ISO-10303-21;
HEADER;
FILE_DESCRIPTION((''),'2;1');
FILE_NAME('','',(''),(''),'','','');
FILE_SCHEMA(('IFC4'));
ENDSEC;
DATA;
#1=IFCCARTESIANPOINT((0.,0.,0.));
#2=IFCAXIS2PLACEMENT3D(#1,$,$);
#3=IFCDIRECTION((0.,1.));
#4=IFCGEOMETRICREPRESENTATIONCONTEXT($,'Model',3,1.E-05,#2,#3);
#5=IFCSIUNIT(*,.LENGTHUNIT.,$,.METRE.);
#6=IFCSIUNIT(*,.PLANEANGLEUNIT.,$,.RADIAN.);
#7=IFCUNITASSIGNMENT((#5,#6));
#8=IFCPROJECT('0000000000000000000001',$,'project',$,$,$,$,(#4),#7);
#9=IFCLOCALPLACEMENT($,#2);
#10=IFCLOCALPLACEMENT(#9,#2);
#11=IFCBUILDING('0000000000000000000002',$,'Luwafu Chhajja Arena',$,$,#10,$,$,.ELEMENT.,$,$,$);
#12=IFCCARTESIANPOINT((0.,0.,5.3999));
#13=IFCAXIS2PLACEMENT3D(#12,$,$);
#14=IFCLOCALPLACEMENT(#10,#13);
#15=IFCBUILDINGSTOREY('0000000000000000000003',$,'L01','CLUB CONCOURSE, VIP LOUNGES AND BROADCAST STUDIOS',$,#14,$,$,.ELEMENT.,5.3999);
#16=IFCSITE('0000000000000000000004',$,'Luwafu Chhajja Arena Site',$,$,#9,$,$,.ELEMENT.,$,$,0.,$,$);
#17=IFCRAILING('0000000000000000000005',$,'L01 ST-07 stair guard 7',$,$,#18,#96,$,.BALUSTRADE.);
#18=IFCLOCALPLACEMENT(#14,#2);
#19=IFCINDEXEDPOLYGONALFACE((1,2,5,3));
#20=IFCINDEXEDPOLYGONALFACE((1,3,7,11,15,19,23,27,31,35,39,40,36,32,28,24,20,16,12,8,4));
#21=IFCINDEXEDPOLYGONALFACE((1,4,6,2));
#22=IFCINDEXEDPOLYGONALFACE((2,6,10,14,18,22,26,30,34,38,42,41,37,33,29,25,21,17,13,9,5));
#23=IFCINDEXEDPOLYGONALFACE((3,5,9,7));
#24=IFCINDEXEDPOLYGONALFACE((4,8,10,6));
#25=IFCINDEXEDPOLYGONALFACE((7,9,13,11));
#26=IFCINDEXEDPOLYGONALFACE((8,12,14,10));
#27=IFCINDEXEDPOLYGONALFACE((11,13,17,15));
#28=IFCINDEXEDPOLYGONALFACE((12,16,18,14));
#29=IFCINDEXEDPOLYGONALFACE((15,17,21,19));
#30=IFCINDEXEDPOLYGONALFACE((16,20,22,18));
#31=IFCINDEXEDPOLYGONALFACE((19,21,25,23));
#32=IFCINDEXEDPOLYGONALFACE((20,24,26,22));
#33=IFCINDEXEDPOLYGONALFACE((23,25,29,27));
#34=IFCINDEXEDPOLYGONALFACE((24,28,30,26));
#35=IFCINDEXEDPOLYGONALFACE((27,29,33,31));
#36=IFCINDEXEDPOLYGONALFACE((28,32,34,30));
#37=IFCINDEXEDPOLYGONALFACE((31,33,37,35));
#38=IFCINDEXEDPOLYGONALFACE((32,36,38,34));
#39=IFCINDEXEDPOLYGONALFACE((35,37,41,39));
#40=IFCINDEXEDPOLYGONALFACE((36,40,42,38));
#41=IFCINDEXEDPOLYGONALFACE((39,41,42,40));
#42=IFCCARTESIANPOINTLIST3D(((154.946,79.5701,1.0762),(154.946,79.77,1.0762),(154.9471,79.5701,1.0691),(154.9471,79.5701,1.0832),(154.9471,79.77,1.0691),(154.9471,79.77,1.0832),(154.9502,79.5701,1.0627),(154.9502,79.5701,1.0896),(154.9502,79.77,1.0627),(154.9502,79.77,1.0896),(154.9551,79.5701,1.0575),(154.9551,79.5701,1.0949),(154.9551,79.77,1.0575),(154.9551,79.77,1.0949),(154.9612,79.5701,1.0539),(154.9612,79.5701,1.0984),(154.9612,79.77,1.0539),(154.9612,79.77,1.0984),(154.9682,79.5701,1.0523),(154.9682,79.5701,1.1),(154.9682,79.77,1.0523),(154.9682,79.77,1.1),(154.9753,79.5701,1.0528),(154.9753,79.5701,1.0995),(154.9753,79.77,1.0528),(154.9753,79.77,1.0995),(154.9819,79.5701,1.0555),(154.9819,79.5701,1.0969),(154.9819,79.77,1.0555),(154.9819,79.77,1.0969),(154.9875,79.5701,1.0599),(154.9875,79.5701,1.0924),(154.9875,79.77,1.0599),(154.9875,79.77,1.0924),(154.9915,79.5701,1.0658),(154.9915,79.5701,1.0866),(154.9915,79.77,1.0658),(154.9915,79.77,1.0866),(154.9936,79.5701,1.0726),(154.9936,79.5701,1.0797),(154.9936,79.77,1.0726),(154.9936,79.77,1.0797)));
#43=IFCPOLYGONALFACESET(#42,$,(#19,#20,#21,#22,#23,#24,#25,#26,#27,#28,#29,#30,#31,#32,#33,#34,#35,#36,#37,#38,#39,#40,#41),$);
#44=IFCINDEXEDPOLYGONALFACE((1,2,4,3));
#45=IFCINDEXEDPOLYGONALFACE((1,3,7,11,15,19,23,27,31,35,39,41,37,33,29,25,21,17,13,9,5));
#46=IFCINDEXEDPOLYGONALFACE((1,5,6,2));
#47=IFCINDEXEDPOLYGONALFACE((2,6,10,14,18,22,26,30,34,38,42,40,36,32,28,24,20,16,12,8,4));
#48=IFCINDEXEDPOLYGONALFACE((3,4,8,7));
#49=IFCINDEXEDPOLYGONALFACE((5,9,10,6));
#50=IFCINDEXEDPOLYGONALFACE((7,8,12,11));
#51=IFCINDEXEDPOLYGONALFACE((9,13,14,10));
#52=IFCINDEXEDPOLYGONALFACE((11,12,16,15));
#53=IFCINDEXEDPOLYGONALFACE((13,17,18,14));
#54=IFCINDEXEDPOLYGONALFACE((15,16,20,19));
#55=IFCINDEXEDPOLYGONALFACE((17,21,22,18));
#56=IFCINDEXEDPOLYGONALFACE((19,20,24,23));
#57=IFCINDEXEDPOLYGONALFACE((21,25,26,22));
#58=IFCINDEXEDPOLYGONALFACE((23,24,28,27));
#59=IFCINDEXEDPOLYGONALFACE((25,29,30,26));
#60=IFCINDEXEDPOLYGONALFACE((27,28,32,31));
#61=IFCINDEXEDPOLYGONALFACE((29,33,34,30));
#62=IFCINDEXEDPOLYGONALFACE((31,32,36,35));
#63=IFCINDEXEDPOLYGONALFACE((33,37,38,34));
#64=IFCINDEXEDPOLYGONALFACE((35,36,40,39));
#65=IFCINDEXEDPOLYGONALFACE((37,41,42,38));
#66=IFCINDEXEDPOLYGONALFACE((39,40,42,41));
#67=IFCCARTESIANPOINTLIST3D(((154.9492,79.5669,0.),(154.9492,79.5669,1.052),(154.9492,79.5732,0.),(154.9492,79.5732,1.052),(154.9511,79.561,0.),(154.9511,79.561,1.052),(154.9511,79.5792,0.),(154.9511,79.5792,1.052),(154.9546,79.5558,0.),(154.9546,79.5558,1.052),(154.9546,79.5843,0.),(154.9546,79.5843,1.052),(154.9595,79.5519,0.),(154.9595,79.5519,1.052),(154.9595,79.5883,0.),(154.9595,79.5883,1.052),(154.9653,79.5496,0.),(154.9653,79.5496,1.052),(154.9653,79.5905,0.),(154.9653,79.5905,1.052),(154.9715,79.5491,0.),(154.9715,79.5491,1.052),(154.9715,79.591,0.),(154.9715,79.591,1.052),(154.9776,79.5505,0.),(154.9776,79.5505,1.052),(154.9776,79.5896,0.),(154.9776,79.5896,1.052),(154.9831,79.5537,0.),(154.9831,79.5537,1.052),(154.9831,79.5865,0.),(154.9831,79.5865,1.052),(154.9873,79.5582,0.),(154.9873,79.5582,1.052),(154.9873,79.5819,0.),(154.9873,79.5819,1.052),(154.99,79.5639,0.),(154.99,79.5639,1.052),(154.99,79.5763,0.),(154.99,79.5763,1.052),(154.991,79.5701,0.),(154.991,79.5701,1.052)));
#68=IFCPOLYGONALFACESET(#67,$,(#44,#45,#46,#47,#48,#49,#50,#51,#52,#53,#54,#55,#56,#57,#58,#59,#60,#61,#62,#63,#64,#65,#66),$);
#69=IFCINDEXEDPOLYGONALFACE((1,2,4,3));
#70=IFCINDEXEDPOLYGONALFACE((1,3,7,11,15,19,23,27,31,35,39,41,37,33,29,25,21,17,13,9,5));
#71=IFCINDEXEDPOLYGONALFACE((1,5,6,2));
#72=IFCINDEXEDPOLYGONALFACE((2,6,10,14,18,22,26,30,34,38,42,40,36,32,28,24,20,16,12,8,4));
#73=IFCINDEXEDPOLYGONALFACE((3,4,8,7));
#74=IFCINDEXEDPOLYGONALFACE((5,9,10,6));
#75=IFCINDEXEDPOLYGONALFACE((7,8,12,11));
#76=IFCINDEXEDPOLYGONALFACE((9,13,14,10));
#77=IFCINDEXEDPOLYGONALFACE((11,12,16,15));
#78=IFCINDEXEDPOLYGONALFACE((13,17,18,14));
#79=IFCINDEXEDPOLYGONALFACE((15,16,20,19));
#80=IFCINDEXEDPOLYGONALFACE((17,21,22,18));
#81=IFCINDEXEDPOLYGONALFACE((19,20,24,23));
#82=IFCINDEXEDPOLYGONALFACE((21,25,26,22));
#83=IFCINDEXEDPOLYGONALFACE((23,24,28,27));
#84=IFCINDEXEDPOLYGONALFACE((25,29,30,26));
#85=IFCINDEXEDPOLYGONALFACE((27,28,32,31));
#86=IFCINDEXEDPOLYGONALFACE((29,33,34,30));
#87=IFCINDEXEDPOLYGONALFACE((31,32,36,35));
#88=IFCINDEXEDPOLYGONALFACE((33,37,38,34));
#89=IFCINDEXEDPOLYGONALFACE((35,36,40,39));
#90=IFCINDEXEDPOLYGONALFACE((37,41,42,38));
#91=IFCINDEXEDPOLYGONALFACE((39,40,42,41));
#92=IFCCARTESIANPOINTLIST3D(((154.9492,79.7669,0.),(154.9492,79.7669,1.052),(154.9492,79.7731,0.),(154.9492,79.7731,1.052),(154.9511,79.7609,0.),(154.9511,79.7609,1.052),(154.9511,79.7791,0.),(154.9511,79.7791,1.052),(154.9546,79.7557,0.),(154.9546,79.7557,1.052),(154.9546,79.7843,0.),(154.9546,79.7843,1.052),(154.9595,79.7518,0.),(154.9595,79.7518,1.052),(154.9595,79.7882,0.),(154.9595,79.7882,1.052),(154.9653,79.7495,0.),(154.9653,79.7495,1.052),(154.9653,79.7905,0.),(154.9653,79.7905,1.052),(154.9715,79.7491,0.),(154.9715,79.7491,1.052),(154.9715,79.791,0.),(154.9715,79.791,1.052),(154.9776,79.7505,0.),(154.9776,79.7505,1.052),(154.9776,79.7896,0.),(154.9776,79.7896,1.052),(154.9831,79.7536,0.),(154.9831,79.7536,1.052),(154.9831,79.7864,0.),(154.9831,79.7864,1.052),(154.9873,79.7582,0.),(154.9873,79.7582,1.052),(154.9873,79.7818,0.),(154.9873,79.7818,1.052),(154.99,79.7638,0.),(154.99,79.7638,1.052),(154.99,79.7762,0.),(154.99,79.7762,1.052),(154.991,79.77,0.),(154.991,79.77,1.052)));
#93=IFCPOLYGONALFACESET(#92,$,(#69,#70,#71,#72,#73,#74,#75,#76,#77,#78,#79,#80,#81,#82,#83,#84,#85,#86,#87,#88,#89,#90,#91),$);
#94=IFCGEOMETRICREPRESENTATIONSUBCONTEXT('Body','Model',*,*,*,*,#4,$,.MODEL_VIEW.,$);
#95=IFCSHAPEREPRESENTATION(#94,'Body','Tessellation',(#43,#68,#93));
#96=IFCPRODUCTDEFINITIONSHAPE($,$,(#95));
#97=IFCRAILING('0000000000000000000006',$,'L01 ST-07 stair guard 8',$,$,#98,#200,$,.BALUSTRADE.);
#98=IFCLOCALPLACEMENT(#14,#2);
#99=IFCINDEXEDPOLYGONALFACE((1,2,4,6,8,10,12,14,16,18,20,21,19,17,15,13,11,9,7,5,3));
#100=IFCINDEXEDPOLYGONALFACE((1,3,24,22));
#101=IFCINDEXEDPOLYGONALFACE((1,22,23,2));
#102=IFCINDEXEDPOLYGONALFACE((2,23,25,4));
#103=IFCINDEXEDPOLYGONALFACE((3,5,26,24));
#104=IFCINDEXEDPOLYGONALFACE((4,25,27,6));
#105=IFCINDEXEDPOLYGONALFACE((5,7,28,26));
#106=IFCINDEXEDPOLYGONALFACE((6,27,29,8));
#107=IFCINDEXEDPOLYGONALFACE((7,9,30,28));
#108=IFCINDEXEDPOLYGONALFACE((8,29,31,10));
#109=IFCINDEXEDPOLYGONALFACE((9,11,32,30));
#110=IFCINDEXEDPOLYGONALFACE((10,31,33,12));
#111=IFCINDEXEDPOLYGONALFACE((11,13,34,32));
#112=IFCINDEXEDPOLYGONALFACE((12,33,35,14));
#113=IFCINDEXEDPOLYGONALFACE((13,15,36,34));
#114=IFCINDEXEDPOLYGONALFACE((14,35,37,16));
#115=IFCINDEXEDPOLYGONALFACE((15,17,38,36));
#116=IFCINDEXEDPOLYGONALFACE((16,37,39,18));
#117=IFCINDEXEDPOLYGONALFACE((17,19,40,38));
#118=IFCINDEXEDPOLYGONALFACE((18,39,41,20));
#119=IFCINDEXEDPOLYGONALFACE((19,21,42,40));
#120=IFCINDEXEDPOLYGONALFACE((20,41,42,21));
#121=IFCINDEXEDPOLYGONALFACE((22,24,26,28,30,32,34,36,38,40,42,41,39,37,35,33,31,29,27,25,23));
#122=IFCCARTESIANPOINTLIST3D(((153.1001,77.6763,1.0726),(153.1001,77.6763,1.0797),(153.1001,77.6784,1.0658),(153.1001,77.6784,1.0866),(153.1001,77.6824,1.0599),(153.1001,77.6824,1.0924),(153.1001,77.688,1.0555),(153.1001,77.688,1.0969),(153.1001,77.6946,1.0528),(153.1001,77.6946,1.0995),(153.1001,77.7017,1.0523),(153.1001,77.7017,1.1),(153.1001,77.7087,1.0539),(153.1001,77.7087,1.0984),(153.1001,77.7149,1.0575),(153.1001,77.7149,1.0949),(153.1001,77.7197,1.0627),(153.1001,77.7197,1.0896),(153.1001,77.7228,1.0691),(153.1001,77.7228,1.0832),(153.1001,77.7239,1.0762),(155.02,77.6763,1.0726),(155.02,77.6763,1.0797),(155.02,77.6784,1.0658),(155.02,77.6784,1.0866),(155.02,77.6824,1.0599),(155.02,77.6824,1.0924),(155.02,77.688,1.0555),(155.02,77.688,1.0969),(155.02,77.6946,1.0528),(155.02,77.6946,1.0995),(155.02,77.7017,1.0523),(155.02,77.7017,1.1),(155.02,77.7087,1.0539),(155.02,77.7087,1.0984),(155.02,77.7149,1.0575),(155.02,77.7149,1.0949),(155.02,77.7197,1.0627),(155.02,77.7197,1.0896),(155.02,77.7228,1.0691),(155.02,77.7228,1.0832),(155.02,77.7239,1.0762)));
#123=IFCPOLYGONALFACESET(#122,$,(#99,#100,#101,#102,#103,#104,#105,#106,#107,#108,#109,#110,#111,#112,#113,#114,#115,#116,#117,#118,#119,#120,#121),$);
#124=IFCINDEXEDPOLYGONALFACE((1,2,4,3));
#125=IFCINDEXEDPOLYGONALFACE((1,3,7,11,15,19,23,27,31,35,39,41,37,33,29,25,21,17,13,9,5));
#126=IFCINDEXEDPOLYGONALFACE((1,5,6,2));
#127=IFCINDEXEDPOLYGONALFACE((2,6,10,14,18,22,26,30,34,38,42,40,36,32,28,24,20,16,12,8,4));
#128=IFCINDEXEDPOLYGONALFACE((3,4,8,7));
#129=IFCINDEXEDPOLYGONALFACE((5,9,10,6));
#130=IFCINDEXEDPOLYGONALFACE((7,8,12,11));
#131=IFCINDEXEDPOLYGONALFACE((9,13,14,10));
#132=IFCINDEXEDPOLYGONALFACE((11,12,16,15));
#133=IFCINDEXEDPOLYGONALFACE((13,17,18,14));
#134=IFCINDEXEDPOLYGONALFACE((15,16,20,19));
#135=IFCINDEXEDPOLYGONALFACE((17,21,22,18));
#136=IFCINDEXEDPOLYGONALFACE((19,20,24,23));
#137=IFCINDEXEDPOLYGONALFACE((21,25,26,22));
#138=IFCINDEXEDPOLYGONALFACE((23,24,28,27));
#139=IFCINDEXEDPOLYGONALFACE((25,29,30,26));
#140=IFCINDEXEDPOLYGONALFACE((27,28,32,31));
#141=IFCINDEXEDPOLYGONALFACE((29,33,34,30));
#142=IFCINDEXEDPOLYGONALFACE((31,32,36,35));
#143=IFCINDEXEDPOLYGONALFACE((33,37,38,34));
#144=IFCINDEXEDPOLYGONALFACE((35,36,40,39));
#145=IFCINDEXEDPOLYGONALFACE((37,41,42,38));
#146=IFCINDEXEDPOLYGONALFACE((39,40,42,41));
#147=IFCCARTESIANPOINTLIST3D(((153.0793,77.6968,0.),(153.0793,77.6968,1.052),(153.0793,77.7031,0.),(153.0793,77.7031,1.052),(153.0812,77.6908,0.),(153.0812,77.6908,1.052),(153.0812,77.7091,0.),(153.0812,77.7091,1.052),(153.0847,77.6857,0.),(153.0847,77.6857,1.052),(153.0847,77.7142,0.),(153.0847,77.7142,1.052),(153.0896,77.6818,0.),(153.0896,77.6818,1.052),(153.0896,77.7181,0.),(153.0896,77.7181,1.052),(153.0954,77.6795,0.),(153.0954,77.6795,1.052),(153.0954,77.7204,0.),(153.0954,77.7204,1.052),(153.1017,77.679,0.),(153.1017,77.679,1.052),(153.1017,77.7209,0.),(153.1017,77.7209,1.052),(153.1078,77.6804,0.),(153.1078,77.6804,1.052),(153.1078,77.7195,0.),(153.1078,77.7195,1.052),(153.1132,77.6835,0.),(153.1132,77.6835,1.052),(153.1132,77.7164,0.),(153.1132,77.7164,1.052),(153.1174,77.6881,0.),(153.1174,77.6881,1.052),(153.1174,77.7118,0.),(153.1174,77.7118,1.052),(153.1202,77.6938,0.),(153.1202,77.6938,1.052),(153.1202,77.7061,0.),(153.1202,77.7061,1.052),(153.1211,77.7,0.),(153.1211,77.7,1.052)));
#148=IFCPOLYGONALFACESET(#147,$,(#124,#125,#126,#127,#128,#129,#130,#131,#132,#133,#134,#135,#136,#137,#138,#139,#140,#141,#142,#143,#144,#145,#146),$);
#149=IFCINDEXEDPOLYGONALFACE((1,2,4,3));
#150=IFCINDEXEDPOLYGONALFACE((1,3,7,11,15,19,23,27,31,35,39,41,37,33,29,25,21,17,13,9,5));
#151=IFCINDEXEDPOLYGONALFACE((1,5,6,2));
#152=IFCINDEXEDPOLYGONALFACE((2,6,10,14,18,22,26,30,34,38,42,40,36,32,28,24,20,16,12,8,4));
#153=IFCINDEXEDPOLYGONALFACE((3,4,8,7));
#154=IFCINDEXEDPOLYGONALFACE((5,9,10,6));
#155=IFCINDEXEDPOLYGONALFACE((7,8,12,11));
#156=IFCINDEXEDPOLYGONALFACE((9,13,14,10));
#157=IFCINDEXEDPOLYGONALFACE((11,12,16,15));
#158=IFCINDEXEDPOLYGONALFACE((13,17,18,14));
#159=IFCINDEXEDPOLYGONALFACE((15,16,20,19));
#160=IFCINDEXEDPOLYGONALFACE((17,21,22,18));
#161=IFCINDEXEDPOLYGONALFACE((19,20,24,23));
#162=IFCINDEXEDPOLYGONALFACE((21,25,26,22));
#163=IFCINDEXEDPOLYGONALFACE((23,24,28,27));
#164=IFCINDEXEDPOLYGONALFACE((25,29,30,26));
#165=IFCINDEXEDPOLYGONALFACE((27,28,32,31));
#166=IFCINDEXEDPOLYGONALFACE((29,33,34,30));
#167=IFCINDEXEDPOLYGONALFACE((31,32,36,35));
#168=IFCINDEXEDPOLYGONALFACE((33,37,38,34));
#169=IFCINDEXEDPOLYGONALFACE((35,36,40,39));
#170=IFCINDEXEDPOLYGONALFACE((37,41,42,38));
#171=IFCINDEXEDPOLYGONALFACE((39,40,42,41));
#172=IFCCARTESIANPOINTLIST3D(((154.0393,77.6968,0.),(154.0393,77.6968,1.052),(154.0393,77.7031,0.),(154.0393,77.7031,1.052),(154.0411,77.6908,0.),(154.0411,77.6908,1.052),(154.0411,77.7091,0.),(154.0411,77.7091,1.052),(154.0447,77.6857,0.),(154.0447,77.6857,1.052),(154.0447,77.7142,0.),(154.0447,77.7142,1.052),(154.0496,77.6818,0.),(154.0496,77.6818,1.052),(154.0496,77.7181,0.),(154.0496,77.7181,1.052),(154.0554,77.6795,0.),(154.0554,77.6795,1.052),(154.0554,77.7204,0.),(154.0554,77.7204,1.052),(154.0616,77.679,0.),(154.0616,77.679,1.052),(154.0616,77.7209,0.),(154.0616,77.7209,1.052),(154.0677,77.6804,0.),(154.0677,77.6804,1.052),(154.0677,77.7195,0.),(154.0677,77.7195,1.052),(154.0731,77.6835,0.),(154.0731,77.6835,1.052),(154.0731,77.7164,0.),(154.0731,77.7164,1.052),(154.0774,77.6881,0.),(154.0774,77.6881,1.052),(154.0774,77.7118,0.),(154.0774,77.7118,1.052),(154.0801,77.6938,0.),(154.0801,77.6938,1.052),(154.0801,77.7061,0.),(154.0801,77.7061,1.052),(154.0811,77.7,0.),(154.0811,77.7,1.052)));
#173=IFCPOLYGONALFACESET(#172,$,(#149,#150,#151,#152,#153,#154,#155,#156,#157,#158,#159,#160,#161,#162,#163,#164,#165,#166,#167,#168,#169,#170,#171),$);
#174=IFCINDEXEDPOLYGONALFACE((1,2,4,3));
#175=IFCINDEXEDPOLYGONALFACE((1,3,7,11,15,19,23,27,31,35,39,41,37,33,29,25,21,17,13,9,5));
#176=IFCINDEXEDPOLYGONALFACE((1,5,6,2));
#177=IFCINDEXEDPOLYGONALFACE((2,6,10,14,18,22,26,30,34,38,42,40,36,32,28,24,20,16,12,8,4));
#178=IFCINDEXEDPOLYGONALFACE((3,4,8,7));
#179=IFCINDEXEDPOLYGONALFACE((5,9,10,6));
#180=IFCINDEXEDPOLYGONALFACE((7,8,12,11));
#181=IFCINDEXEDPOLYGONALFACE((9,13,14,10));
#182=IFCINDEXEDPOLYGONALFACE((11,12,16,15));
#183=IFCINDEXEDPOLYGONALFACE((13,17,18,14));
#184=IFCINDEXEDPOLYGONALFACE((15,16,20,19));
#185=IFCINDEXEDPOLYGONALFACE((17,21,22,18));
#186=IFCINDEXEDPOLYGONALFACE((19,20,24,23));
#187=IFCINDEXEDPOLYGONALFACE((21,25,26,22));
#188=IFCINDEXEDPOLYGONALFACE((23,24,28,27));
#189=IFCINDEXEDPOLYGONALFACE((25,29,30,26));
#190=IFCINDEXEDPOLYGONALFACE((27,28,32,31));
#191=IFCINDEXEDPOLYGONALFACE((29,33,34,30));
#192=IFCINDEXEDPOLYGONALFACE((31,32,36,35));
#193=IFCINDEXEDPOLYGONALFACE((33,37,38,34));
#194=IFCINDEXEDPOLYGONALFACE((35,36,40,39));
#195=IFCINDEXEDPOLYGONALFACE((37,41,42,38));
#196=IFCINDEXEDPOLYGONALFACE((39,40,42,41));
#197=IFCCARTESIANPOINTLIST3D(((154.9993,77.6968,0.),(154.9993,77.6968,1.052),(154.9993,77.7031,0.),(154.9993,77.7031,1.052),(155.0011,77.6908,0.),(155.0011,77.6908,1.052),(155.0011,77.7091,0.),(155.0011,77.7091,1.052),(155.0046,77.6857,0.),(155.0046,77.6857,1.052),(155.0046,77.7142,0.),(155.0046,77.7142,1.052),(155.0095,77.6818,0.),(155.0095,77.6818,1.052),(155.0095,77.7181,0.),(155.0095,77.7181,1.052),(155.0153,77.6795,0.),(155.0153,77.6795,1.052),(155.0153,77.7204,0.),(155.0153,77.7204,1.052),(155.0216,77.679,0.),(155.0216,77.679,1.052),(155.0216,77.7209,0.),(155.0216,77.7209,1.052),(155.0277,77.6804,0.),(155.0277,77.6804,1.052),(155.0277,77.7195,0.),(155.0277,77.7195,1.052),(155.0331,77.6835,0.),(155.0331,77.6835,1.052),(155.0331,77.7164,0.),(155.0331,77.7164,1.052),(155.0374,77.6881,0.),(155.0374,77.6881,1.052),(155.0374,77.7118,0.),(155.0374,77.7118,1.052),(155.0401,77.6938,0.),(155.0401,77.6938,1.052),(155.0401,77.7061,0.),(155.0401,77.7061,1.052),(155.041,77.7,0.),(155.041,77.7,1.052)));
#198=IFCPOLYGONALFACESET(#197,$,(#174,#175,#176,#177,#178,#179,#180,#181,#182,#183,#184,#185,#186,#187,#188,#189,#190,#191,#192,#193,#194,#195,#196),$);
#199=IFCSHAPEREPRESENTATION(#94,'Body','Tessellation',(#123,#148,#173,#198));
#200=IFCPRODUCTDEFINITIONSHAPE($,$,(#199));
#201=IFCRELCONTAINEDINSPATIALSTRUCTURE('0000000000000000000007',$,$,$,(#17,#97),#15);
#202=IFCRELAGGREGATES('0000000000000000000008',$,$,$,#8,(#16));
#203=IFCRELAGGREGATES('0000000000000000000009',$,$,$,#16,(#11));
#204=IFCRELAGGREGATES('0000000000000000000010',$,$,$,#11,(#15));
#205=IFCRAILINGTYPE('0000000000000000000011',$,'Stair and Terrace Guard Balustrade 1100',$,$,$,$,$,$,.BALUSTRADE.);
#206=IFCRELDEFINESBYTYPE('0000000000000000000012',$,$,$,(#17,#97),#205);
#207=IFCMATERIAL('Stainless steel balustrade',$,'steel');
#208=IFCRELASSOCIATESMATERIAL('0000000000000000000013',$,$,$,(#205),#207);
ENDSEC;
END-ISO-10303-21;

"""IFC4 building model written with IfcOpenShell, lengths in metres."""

from ifc_helpers import new_model, si_unit, direction, frame, origin, origin_2d, place, context, subcontext, project, spatial, circle, extrude, material, type_object, element, save


model = new_model("IFC4")

# Units and contexts
model_context = context("Model", 3, precision=1e-05, world=origin(), true_north=direction((0.0, 1.0)))
body_context = subcontext(model_context, "Body", "Model", "MODEL_VIEW")
ifc_project = project(units=[si_unit("LENGTHUNIT", "METRE"), si_unit("PLANEANGLEUNIT", "RADIAN")], contexts=[model_context])

# Site, building, storey
site_placement = place(None, origin())
site = spatial("IfcSite", under=ifc_project, at=site_placement, Name="Luwafu Chhajja Arena Site", CompositionType="ELEMENT", RefElevation=0.0)
building_placement = place(site_placement, origin())
building = spatial("IfcBuilding", under=site, at=building_placement, Name="Luwafu Chhajja Arena", CompositionType="ELEMENT")
storey_placement = place(building_placement, frame((0.0, 0.0, 5.3999)))
storey = spatial("IfcBuildingStorey", under=building, at=storey_placement, Name="L01", Description="CLUB CONCOURSE, VIP LOUNGES AND BROADCAST STUDIOS", CompositionType="ELEMENT", Elevation=5.3999)

# Railings
ifc_material_1 = material(Name="Stainless steel balustrade", Category="steel")
railing_type_1 = type_object("IfcRailingType", Name="Stair and Terrace Guard Balustrade 1100", PredefinedType="BALUSTRADE", material=ifc_material_1)
railing_1_placement = place(storey_placement, frame((154.97, 79.5701, 0.0)))
element("IfcRailing", 1, at=railing_1_placement, inside=storey, type_object=railing_type_1, Name="L01 ST-07 stair guard 7", PredefinedType="BALUSTRADE", context=body_context, shape_type="SweptSolid", body=[
    extrude(circle(Radius=0.0239, at=origin_2d()), frame((0.0, 0.0, 1.0762), z_axis=(0.0, 1.0, 0.0), x_axis=(-1.0, 0.0, 0.0)), (0.0, 0.0, 1.0), 0.2),
    extrude(circle(Radius=0.021, at=origin_2d()), origin(), (0.0, 0.0, 1.0), 1.052),
    extrude(circle(Radius=0.021, at=origin_2d()), frame((0.0, 0.2, 0.0)), (0.0, 0.0, 1.0), 1.052),
])
railing_2_placement = place(storey_placement, frame((153.1001, 77.7, 0.0)))
element("IfcRailing", 2, at=railing_2_placement, inside=storey, type_object=railing_type_1, Name="L01 ST-07 stair guard 8", PredefinedType="BALUSTRADE", context=body_context, shape_type="SweptSolid", body=[
    extrude(circle(Radius=0.0239, at=origin_2d()), frame((0.0, 0.0, 1.0762), z_axis=(1.0, 0.0, 0.0), x_axis=(0.0, 1.0, 0.0)), (0.0, 0.0, 1.0), 1.9199),
    extrude(circle(Radius=0.021, at=origin_2d()), origin(), (0.0, 0.0, 1.0), 1.052),
    extrude(circle(Radius=0.021, at=origin_2d()), frame((0.96, 0.0, 0.0)), (0.0, 0.0, 1.0), 1.052),
    extrude(circle(Radius=0.021, at=origin_2d()), frame((1.9199, 0.0, 0.0)), (0.0, 0.0, 1.0), 1.052),
])

save(model, "model.ifc")
